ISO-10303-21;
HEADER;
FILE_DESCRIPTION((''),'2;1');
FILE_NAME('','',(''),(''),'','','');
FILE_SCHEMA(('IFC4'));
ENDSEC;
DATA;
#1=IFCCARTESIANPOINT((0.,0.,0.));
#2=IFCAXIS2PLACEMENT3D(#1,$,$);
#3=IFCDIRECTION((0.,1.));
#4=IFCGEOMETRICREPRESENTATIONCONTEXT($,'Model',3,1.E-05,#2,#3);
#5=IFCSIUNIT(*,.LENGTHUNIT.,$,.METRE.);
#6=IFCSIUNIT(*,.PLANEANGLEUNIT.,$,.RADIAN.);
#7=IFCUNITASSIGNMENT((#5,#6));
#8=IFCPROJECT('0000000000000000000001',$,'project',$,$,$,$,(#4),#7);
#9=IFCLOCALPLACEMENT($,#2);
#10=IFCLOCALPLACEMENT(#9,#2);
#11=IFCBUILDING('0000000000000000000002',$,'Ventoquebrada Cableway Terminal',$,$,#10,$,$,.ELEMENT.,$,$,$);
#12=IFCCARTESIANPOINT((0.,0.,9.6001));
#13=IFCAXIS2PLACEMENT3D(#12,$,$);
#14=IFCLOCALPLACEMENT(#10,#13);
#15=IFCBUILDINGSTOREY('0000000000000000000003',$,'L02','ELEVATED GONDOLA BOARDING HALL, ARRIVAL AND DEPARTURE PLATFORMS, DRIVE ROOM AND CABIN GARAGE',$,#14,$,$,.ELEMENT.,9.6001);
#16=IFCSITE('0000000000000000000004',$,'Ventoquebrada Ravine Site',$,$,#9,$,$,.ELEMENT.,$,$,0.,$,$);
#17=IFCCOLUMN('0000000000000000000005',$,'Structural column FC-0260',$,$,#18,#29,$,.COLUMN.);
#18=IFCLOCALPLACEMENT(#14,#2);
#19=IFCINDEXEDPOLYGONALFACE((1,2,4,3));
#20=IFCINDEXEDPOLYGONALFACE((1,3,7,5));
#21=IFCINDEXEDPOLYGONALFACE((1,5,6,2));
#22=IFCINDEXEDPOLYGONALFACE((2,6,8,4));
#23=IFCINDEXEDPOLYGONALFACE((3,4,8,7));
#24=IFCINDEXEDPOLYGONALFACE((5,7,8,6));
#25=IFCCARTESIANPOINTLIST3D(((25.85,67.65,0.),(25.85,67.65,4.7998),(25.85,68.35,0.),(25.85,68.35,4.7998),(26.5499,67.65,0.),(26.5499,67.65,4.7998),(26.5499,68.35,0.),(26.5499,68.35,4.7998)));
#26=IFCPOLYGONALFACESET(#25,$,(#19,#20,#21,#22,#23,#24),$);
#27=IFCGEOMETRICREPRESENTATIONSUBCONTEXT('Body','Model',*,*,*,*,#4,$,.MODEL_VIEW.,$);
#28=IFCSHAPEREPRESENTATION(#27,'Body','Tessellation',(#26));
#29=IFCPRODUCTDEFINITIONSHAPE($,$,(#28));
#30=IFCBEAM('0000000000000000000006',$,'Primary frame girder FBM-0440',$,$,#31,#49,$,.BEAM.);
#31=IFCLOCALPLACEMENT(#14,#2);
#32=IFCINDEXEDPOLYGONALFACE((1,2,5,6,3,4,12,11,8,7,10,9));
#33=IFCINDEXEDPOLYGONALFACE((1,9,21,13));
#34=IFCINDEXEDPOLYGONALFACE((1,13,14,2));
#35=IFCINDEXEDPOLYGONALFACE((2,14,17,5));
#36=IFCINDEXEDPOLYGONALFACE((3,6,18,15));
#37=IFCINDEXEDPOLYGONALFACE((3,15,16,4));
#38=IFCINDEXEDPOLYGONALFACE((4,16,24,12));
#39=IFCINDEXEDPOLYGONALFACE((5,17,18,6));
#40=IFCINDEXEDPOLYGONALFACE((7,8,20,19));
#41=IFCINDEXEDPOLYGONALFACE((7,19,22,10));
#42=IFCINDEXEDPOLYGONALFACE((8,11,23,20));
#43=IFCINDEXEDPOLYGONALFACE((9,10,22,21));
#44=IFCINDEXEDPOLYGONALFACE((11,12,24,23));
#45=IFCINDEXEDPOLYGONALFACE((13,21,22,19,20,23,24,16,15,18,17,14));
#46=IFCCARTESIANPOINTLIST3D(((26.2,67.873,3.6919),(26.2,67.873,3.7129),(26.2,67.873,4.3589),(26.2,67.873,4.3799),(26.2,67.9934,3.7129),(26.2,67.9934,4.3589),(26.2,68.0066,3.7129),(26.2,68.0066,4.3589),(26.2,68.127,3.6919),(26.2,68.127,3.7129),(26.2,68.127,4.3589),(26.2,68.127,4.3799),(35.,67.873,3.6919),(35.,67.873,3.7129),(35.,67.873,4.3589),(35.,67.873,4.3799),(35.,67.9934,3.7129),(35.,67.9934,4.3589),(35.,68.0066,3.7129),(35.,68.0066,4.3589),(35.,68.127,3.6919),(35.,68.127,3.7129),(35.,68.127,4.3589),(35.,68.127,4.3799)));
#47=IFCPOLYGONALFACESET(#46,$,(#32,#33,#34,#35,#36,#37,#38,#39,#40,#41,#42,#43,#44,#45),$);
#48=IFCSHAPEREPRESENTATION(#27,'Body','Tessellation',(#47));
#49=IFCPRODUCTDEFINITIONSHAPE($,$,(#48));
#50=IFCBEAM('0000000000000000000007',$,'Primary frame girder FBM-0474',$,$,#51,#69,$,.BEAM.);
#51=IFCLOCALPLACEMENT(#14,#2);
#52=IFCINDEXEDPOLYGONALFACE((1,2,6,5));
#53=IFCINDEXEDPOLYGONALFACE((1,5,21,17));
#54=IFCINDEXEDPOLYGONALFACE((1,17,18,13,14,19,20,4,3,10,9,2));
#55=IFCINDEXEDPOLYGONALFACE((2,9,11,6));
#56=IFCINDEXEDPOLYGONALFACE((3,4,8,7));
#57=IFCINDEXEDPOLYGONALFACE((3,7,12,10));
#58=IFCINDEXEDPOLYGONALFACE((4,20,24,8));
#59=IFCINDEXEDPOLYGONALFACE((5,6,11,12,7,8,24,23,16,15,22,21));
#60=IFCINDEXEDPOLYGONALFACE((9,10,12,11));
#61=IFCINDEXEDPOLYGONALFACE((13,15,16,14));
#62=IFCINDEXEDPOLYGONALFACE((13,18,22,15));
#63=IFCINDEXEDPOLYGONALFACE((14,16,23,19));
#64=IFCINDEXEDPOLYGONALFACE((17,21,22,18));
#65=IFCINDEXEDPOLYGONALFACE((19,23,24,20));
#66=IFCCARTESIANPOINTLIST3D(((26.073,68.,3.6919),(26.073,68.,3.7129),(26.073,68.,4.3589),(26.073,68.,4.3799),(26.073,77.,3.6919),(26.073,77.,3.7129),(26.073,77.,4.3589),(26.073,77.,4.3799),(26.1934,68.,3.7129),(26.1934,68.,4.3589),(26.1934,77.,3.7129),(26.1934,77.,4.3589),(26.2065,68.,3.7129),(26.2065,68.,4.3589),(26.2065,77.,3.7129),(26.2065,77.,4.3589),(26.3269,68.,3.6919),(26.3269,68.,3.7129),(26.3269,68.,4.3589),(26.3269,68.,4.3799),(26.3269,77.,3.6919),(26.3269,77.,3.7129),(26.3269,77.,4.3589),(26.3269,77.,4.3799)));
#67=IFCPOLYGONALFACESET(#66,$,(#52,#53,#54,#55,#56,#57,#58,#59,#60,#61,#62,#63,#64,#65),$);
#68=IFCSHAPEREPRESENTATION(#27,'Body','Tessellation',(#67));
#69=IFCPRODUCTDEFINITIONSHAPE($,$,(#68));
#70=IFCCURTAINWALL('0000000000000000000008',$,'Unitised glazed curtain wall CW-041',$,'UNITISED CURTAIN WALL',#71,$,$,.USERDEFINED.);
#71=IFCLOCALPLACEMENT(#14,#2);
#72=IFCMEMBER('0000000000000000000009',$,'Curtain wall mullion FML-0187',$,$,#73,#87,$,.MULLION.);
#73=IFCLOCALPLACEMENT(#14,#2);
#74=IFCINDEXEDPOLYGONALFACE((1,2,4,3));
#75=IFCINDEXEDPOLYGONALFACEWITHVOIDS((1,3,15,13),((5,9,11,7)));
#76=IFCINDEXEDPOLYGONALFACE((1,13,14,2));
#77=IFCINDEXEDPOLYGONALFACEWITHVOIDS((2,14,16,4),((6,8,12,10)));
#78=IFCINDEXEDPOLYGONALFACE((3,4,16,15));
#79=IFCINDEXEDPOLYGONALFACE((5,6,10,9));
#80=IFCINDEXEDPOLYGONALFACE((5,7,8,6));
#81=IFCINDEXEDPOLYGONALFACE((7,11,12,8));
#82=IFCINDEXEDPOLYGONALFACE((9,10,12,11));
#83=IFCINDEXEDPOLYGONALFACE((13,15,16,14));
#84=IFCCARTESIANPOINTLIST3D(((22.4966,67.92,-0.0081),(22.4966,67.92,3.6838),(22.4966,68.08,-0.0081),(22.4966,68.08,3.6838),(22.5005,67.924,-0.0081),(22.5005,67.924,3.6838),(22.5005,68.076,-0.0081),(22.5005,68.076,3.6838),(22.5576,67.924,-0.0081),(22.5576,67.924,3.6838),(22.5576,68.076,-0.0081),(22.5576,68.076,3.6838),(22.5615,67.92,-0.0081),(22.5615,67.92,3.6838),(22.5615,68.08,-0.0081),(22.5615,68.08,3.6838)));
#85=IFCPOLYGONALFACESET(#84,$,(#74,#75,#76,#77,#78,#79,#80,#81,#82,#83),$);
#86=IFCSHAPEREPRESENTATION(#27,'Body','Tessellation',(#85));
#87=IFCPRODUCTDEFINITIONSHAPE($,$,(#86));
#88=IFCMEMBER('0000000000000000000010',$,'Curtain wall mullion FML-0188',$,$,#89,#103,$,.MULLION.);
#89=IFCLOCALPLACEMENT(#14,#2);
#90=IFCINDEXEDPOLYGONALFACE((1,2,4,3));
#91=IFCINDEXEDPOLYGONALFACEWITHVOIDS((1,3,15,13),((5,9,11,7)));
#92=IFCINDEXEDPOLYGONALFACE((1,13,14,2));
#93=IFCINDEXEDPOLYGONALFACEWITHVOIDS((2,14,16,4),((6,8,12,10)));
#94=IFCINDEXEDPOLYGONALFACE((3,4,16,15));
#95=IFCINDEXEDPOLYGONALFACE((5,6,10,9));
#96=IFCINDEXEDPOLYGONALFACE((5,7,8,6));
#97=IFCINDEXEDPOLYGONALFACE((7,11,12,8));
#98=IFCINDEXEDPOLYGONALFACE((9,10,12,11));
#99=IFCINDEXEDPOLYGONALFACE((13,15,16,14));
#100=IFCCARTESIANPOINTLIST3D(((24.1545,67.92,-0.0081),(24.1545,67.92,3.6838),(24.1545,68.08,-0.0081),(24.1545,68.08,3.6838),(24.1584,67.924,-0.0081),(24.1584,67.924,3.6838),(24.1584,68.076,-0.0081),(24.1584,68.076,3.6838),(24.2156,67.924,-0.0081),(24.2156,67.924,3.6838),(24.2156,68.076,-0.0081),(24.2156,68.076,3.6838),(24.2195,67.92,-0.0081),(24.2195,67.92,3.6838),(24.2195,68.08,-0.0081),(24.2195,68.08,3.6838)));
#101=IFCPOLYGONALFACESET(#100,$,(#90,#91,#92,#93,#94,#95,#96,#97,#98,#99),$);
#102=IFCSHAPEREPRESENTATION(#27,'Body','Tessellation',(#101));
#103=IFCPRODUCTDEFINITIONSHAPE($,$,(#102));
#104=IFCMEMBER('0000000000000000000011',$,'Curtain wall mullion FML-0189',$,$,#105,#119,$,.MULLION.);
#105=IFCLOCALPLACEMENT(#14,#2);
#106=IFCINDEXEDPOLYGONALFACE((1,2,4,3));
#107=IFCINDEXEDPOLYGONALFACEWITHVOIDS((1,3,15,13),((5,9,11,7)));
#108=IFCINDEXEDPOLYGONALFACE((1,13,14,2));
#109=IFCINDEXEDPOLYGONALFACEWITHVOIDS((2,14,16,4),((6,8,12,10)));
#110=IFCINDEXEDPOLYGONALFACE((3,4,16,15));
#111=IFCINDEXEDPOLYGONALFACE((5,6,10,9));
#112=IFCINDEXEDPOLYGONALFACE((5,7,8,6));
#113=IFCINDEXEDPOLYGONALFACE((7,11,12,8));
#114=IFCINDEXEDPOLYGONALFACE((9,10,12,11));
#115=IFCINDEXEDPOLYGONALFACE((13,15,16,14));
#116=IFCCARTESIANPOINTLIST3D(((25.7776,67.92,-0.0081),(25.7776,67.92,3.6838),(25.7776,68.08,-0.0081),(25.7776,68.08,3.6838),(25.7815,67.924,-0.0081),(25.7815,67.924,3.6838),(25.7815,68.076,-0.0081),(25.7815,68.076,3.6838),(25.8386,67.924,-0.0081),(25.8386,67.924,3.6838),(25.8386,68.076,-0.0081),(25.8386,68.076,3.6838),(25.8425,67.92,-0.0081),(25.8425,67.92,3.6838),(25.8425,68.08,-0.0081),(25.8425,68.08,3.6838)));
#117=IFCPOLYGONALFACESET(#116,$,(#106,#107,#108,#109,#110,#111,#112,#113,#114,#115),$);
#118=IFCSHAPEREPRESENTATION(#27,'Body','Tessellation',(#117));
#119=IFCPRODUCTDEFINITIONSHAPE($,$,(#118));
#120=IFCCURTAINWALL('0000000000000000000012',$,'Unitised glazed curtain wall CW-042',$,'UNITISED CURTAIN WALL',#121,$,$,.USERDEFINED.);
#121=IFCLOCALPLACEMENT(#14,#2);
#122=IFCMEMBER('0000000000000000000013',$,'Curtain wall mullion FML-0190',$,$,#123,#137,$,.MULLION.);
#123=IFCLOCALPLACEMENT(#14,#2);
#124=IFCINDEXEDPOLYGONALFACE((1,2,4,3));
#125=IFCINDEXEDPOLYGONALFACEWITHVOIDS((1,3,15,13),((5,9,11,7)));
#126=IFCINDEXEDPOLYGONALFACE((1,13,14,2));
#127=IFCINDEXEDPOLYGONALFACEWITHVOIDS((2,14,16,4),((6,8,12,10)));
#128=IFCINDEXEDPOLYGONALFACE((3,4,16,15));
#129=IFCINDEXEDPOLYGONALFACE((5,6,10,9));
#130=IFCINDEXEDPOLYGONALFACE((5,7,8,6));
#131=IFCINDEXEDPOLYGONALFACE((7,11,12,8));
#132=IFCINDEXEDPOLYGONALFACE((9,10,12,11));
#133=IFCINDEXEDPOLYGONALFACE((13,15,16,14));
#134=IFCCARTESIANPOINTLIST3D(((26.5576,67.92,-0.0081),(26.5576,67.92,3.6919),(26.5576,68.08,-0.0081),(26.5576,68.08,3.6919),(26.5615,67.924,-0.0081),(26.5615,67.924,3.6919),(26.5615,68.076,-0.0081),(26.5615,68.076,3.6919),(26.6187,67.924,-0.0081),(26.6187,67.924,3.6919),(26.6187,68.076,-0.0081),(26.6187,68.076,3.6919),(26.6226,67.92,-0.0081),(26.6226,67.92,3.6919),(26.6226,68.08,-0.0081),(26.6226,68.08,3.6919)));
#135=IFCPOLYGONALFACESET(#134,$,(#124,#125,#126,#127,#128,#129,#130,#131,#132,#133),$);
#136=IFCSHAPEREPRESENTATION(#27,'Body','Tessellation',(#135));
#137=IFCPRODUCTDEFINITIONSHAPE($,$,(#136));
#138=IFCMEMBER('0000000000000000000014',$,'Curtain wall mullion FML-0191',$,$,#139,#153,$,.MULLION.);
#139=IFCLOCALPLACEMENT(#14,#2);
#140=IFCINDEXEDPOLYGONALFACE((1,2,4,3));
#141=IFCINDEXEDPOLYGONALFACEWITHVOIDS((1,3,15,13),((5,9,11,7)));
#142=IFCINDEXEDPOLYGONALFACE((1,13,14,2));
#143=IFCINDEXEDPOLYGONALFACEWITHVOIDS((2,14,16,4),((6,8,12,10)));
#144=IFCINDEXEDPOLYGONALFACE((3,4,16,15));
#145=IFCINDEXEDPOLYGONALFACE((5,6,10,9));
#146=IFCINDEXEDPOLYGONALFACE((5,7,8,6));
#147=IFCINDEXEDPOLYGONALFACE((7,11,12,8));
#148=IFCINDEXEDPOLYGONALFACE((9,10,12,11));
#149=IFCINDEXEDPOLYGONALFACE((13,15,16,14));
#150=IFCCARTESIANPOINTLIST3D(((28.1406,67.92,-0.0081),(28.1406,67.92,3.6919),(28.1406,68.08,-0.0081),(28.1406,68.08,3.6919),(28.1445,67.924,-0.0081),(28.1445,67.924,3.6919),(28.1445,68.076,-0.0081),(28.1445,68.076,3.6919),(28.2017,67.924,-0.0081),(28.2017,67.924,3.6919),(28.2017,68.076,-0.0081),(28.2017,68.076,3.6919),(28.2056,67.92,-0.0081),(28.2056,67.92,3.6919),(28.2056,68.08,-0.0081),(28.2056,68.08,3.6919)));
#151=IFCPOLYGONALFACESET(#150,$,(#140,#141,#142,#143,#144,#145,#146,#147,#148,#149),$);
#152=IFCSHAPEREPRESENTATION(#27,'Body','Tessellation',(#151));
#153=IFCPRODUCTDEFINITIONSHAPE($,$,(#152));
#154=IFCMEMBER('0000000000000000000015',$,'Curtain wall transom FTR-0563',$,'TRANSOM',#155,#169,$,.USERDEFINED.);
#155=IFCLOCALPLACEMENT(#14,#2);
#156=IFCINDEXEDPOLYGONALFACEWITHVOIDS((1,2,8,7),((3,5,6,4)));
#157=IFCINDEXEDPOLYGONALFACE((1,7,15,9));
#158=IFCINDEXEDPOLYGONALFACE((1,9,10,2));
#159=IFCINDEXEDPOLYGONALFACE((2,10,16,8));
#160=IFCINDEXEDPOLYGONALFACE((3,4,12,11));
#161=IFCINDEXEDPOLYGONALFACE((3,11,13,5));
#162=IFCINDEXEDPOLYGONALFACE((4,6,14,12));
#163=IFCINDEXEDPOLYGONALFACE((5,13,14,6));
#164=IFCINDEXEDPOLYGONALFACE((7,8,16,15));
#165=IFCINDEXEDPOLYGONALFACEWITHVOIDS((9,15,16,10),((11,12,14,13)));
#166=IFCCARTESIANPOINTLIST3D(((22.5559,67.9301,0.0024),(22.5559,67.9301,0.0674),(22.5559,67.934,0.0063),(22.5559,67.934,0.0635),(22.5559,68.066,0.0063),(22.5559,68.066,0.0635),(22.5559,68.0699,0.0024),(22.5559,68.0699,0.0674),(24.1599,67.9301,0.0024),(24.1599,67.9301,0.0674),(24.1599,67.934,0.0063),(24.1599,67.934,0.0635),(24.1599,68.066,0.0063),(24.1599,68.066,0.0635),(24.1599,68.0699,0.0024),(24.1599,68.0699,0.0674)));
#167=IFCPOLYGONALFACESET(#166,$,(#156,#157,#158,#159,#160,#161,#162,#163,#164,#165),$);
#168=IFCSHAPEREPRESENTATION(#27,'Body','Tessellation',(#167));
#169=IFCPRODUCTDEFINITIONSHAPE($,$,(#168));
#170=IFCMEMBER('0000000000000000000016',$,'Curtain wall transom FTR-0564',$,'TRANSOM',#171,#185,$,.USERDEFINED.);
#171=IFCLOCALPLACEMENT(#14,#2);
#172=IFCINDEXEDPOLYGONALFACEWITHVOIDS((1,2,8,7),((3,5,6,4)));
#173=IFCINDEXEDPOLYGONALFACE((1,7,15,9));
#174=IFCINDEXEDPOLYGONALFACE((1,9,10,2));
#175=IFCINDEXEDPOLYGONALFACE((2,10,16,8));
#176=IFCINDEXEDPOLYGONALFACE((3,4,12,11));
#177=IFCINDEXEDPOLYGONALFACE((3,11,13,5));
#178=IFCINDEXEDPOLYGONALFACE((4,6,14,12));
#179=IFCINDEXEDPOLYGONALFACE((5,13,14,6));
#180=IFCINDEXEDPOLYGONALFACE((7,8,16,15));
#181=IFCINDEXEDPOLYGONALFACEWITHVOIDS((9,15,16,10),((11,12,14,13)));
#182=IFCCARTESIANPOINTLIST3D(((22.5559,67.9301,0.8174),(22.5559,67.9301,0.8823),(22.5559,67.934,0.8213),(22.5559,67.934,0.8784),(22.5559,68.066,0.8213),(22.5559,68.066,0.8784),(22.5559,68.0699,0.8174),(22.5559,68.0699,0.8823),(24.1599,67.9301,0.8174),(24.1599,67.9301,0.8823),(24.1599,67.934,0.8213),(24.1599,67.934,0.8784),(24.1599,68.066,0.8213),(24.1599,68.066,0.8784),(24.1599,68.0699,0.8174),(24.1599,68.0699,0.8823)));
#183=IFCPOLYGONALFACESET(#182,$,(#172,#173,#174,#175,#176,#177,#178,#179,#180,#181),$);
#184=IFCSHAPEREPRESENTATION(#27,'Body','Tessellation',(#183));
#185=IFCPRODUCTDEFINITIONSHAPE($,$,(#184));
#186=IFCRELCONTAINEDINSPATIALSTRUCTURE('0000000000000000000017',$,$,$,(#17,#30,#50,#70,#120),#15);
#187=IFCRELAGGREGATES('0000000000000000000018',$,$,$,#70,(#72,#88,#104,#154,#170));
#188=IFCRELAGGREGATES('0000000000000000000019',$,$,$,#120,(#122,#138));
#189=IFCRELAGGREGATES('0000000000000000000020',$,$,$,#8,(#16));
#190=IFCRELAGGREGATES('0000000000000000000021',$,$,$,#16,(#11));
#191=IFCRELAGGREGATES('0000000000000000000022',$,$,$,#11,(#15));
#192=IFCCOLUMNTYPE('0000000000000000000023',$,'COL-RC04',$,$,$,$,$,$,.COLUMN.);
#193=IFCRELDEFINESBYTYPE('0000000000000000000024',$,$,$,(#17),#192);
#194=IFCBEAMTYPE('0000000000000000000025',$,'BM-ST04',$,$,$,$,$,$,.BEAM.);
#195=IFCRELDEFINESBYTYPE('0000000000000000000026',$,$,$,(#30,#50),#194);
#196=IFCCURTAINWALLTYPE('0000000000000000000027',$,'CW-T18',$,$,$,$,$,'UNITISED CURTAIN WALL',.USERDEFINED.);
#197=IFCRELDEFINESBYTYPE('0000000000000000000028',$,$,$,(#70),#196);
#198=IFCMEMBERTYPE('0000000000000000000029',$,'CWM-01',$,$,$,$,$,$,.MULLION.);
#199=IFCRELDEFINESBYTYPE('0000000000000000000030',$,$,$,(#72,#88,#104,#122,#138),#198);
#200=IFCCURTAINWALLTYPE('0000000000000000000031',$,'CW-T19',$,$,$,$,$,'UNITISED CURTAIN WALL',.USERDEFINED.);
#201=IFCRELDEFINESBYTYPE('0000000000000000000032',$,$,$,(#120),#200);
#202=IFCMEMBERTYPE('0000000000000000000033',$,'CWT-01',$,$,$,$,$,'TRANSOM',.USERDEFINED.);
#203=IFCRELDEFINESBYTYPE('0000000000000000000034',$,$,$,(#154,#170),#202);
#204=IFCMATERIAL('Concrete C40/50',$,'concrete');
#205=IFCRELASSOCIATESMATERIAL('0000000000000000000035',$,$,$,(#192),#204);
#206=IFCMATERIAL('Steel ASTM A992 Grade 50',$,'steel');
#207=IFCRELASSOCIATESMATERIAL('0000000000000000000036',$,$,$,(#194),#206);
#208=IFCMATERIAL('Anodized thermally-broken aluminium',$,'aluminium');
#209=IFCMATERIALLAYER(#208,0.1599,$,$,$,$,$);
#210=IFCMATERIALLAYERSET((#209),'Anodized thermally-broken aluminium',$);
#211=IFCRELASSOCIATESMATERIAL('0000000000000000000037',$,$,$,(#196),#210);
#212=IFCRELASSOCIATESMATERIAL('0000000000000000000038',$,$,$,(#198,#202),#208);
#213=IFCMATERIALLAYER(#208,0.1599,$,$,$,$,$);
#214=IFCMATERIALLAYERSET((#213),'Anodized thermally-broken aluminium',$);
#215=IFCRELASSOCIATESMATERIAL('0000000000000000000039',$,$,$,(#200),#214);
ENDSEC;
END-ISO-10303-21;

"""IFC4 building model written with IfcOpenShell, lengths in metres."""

from ifc_helpers import new_model, si_unit, direction, frame, origin, origin_2d, place, context, subcontext, project, spatial, rectangle, hollow_rectangle, i_section, extrude, material, layer, layer_set, material_profile, profile_set, type_object, element, aggregate, save


model = new_model("IFC4")

# Units and contexts
model_context = context("Model", 3, precision=1e-05, world=origin(), true_north=direction((0.0, 1.0)))
body_context = subcontext(model_context, "Body", "Model", "MODEL_VIEW")
ifc_project = project(units=[si_unit("LENGTHUNIT", "METRE"), si_unit("PLANEANGLEUNIT", "RADIAN")], contexts=[model_context])

# Site, building, storey
site_placement = place(None, origin())
site = spatial("IfcSite", under=ifc_project, at=site_placement, Name="Ventoquebrada Ravine Site", CompositionType="ELEMENT", RefElevation=0.0)
building_placement = place(site_placement, origin())
building = spatial("IfcBuilding", under=site, at=building_placement, Name="Ventoquebrada Cableway Terminal", CompositionType="ELEMENT")
storey_placement = place(building_placement, frame((0.0, 0.0, 9.6001)))
storey = spatial("IfcBuildingStorey", under=building, at=storey_placement, Name="L02", Description="ELEVATED GONDOLA BOARDING HALL, ARRIVAL AND DEPARTURE PLATFORMS, DRIVE ROOM AND CABIN GARAGE", CompositionType="ELEMENT", Elevation=9.6001)

# Column
ifc_material_1 = material(Name="Concrete C40/50", Category="concrete")
ifc_material_profile_1 = material_profile(ifc_material_1, rectangle(XDim=0.7, YDim=0.7, at=origin_2d()), Name="RC-COL-700X700")
ifc_profile_set_1 = profile_set([ifc_material_profile_1], Name="Concrete C40/50")
column_type = type_object("IfcColumnType", Name="COL-RC04", PredefinedType="COLUMN", material=ifc_profile_set_1)
column_placement = place(storey_placement, frame((26.2, 68.0, 0.0), z_axis=(0.0, 0.0, 1.0), x_axis=(1.0, 0.0, 0.0)))
element("IfcColumn", 1, at=column_placement, inside=storey, type_object=column_type, Name="Structural column FC-0260", PredefinedType="COLUMN", context=body_context, shape_type="SweptSolid", body=[
    extrude(rectangle(XDim=0.7, YDim=0.7, at=origin_2d()), origin(), (0.0, 0.0, 1.0), 4.7998),
])

# Beams
ifc_material_2 = material(Name="Steel ASTM A992 Grade 50", Category="steel")
ifc_material_profile_2 = material_profile(ifc_material_2, i_section(OverallWidth=0.2539, OverallDepth=0.688, WebThickness=0.0132, FlangeThickness=0.021, at=origin_2d()), Name="W27X102")
ifc_profile_set_2 = profile_set([ifc_material_profile_2], Name="Steel ASTM A992 Grade 50")
beam_type = type_object("IfcBeamType", Name="BM-ST04", PredefinedType="BEAM", material=ifc_profile_set_2)
beam_1_placement = place(storey_placement, frame((26.2, 68.0, 4.0359), z_axis=(1.0, 0.0, 0.0), x_axis=(0.0, 1.0, 0.0)))
element("IfcBeam", 2, at=beam_1_placement, inside=storey, type_object=beam_type, Name="Primary frame girder FBM-0440", PredefinedType="BEAM", context=body_context, shape_type="SweptSolid", body=[
    extrude(i_section(OverallWidth=0.2539, OverallDepth=0.688, WebThickness=0.0132, FlangeThickness=0.021, at=origin_2d()), origin(), (0.0, 0.0, 1.0), 8.8),
])
beam_2_placement = place(storey_placement, frame((26.2, 68.0, 4.0359), z_axis=(0.0, 1.0, 0.0), x_axis=(-1.0, 0.0, 0.0)))
element("IfcBeam", 3, at=beam_2_placement, inside=storey, type_object=beam_type, Name="Primary frame girder FBM-0474", PredefinedType="BEAM", context=body_context, shape_type="SweptSolid", body=[
    extrude(i_section(OverallWidth=0.2539, OverallDepth=0.688, WebThickness=0.0132, FlangeThickness=0.021, at=origin_2d()), origin(), (0.0, 0.0, 1.0), 9.0),
])

# Curtain walls, members
ifc_material_3 = material(Name="Anodized thermally-broken aluminium", Category="aluminium")
ifc_layer_1 = layer(ifc_material_3, 0.1599)
ifc_layer_set_1 = layer_set([ifc_layer_1], Name="Anodized thermally-broken aluminium")
curtain_wall_type_1 = type_object("IfcCurtainWallType", Name="CW-T18", ElementType="UNITISED CURTAIN WALL", PredefinedType="USERDEFINED", material=ifc_layer_set_1)
curtain_wall_1_placement = place(storey_placement, origin())
curtain_wall_1 = element("IfcCurtainWall", 4, at=curtain_wall_1_placement, inside=storey, type_object=curtain_wall_type_1, Name="Unitised glazed curtain wall CW-041", ObjectType="UNITISED CURTAIN WALL", PredefinedType="USERDEFINED")
ifc_material_profile_3 = material_profile(ifc_material_3, hollow_rectangle(XDim=0.0649, YDim=0.1599, WallThickness=0.0039, at=origin_2d()), Name="CW-MUL-65X160")
ifc_profile_set_3 = profile_set([ifc_material_profile_3], Name="Anodized thermally-broken aluminium")
member_type_1 = type_object("IfcMemberType", Name="CWM-01", PredefinedType="MULLION", material=ifc_profile_set_3)
member_1_placement = place(storey_placement, frame((22.5291, 68.0, -0.0081), z_axis=(0.0, 0.0, 1.0), x_axis=(1.0, 0.0, 0.0)))
member_1 = element("IfcMember", 5, at=member_1_placement, type_object=member_type_1, Name="Curtain wall mullion FML-0187", PredefinedType="MULLION", context=body_context, shape_type="SweptSolid", body=[
    extrude(hollow_rectangle(XDim=0.0649, YDim=0.1599, WallThickness=0.0039, at=origin_2d()), origin(), (0.0, 0.0, 1.0), 3.6919),
])
member_2_placement = place(storey_placement, frame((24.187, 68.0, -0.0081), z_axis=(0.0, 0.0, 1.0), x_axis=(1.0, 0.0, 0.0)))
member_2 = element("IfcMember", 6, at=member_2_placement, type_object=member_type_1, Name="Curtain wall mullion FML-0188", PredefinedType="MULLION", context=body_context, shape_type="SweptSolid", body=[
    extrude(hollow_rectangle(XDim=0.0649, YDim=0.1599, WallThickness=0.0039, at=origin_2d()), origin(), (0.0, 0.0, 1.0), 3.6919),
])
member_3_placement = place(storey_placement, frame((25.8101, 68.0, -0.0081), z_axis=(0.0, 0.0, 1.0), x_axis=(1.0, 0.0, 0.0)))
member_3 = element("IfcMember", 7, at=member_3_placement, type_object=member_type_1, Name="Curtain wall mullion FML-0189", PredefinedType="MULLION", context=body_context, shape_type="SweptSolid", body=[
    extrude(hollow_rectangle(XDim=0.0649, YDim=0.1599, WallThickness=0.0039, at=origin_2d()), origin(), (0.0, 0.0, 1.0), 3.6919),
])
ifc_layer_2 = layer(ifc_material_3, 0.1599)
ifc_layer_set_2 = layer_set([ifc_layer_2], Name="Anodized thermally-broken aluminium")
curtain_wall_type_2 = type_object("IfcCurtainWallType", Name="CW-T19", ElementType="UNITISED CURTAIN WALL", PredefinedType="USERDEFINED", material=ifc_layer_set_2)
curtain_wall_2_placement = place(storey_placement, origin())
curtain_wall_2 = element("IfcCurtainWall", 8, at=curtain_wall_2_placement, inside=storey, type_object=curtain_wall_type_2, Name="Unitised glazed curtain wall CW-042", ObjectType="UNITISED CURTAIN WALL", PredefinedType="USERDEFINED")
member_4_placement = place(storey_placement, frame((26.5901, 68.0, -0.0081), z_axis=(0.0, 0.0, 1.0), x_axis=(1.0, 0.0, 0.0)))
member_4 = element("IfcMember", 9, at=member_4_placement, type_object=member_type_1, Name="Curtain wall mullion FML-0190", PredefinedType="MULLION", context=body_context, shape_type="SweptSolid", body=[
    extrude(hollow_rectangle(XDim=0.0649, YDim=0.1599, WallThickness=0.0039, at=origin_2d()), origin(), (0.0, 0.0, 1.0), 3.7),
])
member_5_placement = place(storey_placement, frame((28.1731, 68.0, -0.0081), z_axis=(0.0, 0.0, 1.0), x_axis=(1.0, 0.0, 0.0)))
member_5 = element("IfcMember", 10, at=member_5_placement, type_object=member_type_1, Name="Curtain wall mullion FML-0191", PredefinedType="MULLION", context=body_context, shape_type="SweptSolid", body=[
    extrude(hollow_rectangle(XDim=0.0649, YDim=0.1599, WallThickness=0.0039, at=origin_2d()), origin(), (0.0, 0.0, 1.0), 3.7),
])

# Members
ifc_material_profile_4 = material_profile(ifc_material_3, hollow_rectangle(XDim=0.0649, YDim=0.1399, WallThickness=0.0039, at=origin_2d()), Name="CW-TRN-65X140")
ifc_profile_set_4 = profile_set([ifc_material_profile_4], Name="Anodized thermally-broken aluminium")
member_type_2 = type_object("IfcMemberType", Name="CWT-01", ElementType="TRANSOM", PredefinedType="USERDEFINED", material=ifc_profile_set_4)
member_6_placement = place(storey_placement, frame((22.5559, 68.0, 0.0349), z_axis=(1.0, 0.0, 0.0), x_axis=(0.0, 0.0, 1.0)))
member_6 = element("IfcMember", 11, at=member_6_placement, type_object=member_type_2, Name="Curtain wall transom FTR-0563", ObjectType="TRANSOM", PredefinedType="USERDEFINED", context=body_context, shape_type="SweptSolid", body=[
    extrude(hollow_rectangle(XDim=0.0649, YDim=0.1399, WallThickness=0.0039, at=origin_2d()), origin(), (0.0, 0.0, 1.0), 1.604),
])
member_7_placement = place(storey_placement, frame((22.5559, 68.0, 0.8499), z_axis=(1.0, 0.0, 0.0), x_axis=(0.0, 0.0, 1.0)))
member_7 = element("IfcMember", 12, at=member_7_placement, type_object=member_type_2, Name="Curtain wall transom FTR-0564", ObjectType="TRANSOM", PredefinedType="USERDEFINED", context=body_context, shape_type="SweptSolid", body=[
    extrude(hollow_rectangle(XDim=0.0649, YDim=0.1399, WallThickness=0.0039, at=origin_2d()), origin(), (0.0, 0.0, 1.0), 1.604),
])

aggregate(curtain_wall_1, [member_1, member_2, member_3, member_6, member_7])
aggregate(curtain_wall_2, [member_4, member_5])

save(model, "model.ifc")
